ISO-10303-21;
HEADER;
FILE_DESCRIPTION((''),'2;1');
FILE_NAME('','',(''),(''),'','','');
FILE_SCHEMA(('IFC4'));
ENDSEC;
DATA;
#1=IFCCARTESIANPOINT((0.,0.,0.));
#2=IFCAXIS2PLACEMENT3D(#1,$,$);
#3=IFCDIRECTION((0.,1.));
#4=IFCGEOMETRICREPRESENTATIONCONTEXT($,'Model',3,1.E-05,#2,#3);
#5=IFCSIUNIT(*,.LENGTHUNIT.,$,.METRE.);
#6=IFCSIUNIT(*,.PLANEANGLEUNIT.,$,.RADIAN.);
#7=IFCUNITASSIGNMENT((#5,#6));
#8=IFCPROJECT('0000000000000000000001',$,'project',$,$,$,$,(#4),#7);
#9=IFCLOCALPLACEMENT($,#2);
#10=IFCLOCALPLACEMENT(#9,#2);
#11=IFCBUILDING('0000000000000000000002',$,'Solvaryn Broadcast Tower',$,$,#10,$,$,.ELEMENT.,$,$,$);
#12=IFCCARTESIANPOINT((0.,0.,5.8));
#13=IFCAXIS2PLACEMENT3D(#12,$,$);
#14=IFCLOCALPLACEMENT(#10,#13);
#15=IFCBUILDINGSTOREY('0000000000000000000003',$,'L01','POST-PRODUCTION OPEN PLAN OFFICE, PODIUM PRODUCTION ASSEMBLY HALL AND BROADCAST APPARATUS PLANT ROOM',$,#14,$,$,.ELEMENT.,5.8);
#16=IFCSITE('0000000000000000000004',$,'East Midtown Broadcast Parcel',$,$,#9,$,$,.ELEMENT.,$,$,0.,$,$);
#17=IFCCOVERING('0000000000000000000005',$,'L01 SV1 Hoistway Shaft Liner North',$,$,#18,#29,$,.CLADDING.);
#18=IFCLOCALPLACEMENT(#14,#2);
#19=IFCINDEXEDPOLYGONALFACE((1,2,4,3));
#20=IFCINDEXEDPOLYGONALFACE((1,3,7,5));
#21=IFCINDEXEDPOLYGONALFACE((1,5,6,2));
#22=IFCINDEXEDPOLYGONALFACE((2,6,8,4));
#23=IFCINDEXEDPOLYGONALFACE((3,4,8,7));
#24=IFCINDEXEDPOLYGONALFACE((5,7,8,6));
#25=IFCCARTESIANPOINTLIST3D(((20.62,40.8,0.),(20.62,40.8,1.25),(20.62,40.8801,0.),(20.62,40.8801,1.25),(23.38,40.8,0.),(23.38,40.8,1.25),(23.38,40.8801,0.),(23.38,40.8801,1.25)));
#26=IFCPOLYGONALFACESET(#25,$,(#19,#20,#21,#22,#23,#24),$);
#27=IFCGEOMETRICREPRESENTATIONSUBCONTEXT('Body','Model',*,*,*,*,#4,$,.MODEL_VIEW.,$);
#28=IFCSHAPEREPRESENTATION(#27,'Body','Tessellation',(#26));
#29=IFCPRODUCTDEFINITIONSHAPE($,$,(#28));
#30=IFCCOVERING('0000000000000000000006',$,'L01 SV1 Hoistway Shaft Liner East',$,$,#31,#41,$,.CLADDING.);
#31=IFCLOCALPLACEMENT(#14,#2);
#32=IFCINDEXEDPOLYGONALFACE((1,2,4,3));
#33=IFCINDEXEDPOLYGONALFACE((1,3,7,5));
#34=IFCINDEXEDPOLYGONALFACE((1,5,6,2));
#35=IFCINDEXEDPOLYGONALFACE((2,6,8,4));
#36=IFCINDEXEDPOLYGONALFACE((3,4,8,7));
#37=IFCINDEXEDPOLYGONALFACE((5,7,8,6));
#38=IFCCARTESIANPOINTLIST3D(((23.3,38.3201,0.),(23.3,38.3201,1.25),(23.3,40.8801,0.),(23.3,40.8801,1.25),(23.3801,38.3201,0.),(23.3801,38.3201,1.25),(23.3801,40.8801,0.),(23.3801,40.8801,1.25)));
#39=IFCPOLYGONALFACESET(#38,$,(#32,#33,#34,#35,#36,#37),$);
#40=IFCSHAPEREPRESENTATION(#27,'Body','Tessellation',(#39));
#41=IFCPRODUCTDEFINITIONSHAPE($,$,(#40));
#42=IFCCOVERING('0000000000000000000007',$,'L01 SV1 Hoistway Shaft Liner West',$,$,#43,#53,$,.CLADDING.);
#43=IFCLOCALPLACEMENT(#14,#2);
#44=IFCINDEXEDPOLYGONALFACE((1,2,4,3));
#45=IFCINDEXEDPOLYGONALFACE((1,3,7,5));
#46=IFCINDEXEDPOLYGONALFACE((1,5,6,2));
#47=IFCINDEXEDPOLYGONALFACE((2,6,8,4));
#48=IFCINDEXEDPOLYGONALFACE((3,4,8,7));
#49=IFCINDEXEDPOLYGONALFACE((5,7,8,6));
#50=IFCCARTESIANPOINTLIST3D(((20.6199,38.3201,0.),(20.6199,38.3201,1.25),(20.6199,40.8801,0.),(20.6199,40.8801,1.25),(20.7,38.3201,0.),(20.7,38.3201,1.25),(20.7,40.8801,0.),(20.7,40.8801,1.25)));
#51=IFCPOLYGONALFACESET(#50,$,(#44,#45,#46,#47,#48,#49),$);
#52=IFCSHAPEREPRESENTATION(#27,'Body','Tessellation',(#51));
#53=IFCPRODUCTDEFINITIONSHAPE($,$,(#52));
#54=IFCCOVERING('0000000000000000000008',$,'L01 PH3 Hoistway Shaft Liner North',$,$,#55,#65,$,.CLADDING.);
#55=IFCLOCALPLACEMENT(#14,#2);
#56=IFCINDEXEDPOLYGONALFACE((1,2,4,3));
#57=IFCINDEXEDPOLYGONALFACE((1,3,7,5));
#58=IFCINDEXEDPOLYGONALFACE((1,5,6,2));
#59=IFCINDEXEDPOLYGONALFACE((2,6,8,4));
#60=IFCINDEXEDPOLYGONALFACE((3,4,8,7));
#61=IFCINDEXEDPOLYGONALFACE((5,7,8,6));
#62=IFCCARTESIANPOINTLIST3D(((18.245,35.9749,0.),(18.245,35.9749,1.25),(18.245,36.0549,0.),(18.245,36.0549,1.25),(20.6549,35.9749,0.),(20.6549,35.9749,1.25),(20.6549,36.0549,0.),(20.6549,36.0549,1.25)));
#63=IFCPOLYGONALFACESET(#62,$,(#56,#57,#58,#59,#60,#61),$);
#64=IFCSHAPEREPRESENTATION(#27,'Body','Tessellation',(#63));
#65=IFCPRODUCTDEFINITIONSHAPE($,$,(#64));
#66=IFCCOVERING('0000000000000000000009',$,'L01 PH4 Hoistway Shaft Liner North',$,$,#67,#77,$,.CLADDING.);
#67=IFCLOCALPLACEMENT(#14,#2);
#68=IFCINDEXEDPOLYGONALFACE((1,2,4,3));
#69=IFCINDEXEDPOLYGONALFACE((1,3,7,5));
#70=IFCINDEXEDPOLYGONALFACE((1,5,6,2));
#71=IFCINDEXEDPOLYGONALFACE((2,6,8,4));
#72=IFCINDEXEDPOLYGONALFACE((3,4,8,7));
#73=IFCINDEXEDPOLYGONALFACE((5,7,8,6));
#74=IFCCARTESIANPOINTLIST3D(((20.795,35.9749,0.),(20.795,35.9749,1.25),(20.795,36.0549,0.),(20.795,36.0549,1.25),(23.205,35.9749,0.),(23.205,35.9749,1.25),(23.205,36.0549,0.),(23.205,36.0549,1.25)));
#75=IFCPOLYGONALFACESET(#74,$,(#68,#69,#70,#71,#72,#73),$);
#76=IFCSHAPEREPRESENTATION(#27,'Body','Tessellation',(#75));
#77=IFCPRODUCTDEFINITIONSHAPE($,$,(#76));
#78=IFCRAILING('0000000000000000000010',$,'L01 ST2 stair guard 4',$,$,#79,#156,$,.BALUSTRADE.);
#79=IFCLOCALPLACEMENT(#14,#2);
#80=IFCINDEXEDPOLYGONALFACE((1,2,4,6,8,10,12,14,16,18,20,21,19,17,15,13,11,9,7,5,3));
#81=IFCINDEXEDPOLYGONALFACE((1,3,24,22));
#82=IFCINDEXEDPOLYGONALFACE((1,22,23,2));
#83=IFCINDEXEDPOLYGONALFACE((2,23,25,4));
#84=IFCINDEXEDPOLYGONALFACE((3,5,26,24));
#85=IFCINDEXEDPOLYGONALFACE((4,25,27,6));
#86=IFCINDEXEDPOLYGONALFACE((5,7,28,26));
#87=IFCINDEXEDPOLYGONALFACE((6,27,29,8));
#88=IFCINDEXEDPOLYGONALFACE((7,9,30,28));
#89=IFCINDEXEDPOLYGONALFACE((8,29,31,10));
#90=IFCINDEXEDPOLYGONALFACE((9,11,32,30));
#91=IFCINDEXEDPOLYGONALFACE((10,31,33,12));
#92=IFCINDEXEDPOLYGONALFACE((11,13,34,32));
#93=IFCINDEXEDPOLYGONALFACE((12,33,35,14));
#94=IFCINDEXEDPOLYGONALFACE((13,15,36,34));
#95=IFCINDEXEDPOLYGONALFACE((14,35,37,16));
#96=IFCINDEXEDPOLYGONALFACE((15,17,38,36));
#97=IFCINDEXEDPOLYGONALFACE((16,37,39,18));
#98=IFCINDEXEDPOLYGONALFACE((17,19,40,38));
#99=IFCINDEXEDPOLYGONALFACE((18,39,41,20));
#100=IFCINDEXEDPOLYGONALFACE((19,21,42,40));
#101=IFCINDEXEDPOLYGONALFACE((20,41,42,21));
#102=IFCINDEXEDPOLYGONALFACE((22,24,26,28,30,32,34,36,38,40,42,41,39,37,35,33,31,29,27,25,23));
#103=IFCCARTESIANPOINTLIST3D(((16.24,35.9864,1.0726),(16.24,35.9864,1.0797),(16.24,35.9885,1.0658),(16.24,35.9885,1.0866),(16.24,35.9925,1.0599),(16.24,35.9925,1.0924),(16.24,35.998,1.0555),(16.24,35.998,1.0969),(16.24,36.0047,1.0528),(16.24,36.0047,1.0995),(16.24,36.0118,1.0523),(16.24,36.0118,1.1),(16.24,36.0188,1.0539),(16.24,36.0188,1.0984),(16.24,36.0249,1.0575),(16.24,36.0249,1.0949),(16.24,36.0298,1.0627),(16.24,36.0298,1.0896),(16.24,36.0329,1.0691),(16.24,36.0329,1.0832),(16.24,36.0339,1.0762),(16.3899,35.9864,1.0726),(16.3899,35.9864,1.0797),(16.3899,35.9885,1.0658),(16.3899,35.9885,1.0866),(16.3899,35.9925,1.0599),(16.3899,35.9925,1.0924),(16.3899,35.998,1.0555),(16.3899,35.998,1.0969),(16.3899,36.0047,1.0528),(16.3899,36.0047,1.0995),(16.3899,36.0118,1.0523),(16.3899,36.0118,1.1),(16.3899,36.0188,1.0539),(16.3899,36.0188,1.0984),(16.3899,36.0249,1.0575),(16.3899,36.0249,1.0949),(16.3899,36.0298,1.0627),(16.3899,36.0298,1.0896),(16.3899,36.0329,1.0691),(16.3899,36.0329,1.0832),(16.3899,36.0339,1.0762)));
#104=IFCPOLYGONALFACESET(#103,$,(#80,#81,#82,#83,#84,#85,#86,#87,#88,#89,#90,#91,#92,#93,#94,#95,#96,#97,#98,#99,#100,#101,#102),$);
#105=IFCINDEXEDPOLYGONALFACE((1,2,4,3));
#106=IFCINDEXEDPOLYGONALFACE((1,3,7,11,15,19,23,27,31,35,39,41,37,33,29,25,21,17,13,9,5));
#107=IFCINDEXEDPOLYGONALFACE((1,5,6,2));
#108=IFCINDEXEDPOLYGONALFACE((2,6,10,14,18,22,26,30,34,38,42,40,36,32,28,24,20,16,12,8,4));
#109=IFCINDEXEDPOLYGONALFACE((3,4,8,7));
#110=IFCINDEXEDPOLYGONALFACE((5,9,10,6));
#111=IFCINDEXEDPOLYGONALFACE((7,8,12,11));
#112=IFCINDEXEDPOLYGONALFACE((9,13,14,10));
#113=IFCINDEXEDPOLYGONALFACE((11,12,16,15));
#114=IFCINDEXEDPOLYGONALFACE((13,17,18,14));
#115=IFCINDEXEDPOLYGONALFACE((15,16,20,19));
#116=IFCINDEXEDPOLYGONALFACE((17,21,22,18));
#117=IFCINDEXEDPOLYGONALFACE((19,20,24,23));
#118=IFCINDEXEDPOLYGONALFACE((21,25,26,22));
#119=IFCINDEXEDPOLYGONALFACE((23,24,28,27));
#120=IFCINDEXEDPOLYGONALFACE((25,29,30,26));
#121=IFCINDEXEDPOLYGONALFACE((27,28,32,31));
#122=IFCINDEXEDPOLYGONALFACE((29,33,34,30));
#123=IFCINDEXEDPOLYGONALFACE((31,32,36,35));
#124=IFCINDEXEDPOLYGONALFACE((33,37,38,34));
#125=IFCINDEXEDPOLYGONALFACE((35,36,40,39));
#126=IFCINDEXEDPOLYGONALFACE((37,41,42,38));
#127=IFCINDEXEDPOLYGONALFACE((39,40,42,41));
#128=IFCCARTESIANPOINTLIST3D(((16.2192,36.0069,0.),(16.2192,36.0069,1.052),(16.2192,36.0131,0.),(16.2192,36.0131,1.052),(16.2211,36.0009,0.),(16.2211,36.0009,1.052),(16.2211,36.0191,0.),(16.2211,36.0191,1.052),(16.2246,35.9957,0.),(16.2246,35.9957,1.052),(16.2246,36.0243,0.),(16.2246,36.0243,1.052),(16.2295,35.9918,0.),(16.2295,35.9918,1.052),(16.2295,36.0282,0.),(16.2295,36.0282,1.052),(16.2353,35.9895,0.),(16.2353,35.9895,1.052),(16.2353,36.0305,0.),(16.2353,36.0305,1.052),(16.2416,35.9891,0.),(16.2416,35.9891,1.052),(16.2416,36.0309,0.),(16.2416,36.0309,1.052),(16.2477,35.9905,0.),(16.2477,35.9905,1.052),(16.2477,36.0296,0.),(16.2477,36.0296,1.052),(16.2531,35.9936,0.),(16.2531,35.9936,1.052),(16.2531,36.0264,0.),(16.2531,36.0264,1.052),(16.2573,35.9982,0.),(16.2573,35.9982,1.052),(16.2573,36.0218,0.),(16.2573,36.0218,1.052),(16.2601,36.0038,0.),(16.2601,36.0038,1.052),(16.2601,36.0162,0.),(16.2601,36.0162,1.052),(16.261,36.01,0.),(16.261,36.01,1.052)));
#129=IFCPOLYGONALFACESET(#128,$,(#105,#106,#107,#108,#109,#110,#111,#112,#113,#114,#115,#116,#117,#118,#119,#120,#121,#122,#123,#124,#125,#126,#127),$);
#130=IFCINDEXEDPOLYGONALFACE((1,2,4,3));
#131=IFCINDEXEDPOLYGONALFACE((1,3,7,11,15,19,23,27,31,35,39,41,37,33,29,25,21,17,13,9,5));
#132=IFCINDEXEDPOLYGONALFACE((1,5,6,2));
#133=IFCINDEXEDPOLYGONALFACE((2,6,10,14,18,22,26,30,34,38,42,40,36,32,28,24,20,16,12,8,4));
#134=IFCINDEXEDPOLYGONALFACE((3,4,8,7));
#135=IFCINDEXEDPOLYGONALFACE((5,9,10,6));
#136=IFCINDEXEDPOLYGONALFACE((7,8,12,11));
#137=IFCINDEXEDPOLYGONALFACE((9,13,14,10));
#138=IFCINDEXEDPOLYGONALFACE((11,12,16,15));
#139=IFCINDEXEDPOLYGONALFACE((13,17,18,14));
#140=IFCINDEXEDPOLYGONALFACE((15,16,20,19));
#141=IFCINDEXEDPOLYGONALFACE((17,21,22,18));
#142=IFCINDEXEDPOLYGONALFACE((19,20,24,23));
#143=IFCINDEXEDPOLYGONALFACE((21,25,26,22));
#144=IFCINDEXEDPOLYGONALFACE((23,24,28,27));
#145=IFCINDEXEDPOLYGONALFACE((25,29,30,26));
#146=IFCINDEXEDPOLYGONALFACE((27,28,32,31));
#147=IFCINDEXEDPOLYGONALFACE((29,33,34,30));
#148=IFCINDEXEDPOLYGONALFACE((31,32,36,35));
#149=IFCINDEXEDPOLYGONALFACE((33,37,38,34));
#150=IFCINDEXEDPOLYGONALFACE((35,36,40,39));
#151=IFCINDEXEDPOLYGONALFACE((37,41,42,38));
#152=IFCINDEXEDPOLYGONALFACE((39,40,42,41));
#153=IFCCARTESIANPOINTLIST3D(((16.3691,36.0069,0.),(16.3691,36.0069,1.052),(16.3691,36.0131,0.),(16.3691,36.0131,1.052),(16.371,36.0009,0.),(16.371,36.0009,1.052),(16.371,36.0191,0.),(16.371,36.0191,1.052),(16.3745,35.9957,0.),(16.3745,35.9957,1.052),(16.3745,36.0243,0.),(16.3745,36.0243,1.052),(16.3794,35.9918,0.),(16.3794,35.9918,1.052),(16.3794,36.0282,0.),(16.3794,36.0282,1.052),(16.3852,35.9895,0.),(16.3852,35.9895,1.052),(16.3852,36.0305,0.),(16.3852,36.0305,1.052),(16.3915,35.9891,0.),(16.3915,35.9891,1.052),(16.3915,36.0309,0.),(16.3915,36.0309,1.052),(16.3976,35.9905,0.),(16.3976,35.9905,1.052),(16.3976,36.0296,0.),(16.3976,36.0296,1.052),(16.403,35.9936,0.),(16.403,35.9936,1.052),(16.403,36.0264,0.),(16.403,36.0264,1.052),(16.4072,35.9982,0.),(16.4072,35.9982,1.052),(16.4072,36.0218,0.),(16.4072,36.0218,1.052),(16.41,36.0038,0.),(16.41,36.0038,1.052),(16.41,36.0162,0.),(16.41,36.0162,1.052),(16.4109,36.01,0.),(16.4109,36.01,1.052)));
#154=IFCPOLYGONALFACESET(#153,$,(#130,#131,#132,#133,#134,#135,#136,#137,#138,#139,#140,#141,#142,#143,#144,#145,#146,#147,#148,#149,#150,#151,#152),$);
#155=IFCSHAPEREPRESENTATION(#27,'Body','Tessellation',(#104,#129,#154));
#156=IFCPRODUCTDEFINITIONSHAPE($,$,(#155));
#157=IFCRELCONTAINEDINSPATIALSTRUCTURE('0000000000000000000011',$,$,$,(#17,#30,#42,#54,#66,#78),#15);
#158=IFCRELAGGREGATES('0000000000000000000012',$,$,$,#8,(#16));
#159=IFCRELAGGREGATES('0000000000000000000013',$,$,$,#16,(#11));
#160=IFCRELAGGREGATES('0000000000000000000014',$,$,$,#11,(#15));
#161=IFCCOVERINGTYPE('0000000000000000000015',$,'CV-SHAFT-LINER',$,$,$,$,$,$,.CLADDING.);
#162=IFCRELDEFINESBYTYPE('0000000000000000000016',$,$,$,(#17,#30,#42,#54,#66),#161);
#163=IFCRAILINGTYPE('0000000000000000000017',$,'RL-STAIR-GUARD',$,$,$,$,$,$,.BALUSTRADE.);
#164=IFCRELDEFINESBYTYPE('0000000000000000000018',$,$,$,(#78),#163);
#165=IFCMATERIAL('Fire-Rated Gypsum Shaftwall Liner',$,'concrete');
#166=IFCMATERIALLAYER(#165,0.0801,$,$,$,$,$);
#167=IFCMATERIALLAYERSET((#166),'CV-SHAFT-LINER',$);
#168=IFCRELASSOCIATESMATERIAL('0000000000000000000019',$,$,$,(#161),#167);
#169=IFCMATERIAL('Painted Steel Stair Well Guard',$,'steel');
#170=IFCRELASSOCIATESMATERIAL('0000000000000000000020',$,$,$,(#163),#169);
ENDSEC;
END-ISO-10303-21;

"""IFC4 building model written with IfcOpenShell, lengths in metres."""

from ifc_helpers import new_model, si_unit, direction, frame, origin, origin_2d, place, context, subcontext, project, spatial, rectangle, circle, extrude, material, layer, layer_set, type_object, element, save


model = new_model("IFC4")

# Units and contexts
model_context = context("Model", 3, precision=1e-05, world=origin(), true_north=direction((0.0, 1.0)))
body_context = subcontext(model_context, "Body", "Model", "MODEL_VIEW")
ifc_project = project(units=[si_unit("LENGTHUNIT", "METRE"), si_unit("PLANEANGLEUNIT", "RADIAN")], contexts=[model_context])

# Site, building, storey
site_placement = place(None, origin())
site = spatial("IfcSite", under=ifc_project, at=site_placement, Name="East Midtown Broadcast Parcel", CompositionType="ELEMENT", RefElevation=0.0)
building_placement = place(site_placement, origin())
building = spatial("IfcBuilding", under=site, at=building_placement, Name="Solvaryn Broadcast Tower", CompositionType="ELEMENT")
storey_placement = place(building_placement, frame((0.0, 0.0, 5.8)))
storey = spatial("IfcBuildingStorey", under=building, at=storey_placement, Name="L01", Description="POST-PRODUCTION OPEN PLAN OFFICE, PODIUM PRODUCTION ASSEMBLY HALL AND BROADCAST APPARATUS PLANT ROOM", CompositionType="ELEMENT", Elevation=5.8)

# Coverings
ifc_material_1 = material(Name="Fire-Rated Gypsum Shaftwall Liner", Category="concrete")
ifc_layer_1 = layer(ifc_material_1, 0.0801)
ifc_layer_set_1 = layer_set([ifc_layer_1], Name="CV-SHAFT-LINER")
covering_type = type_object("IfcCoveringType", Name="CV-SHAFT-LINER", PredefinedType="CLADDING", material=ifc_layer_set_1)
covering_1_placement = place(storey_placement, frame((22.0, 40.8401, 0.0), z_axis=(0.0, 0.0, 1.0), x_axis=(1.0, 0.0, 0.0)))
element("IfcCovering", 1, at=covering_1_placement, inside=storey, type_object=covering_type, Name="L01 SV1 Hoistway Shaft Liner North", PredefinedType="CLADDING", context=body_context, shape_type="SweptSolid", body=[
    extrude(rectangle(XDim=2.76, YDim=0.0801, at=origin_2d()), origin(), (0.0, 0.0, 1.0), 1.25),
])
for number, where, z_axis, x_axis, name in (
    (2, (23.3401, 39.6001, 0.0), (0.0, 0.0, 1.0), (1.0, 0.0, 0.0), "L01 SV1 Hoistway Shaft Liner East"),
    (3, (20.6599, 39.6001, 0.0), (0.0, 0.0, 1.0), (1.0, 0.0, 0.0), "L01 SV1 Hoistway Shaft Liner West"),
):
    element("IfcCovering", number, at=place(storey_placement, frame(where, z_axis=z_axis, x_axis=x_axis)), inside=storey, type_object=covering_type, Name=name, PredefinedType="CLADDING", context=body_context, shape_type="SweptSolid", body=[
        extrude(rectangle(XDim=0.0801, YDim=2.5601, at=origin_2d()), origin(), (0.0, 0.0, 1.0), 1.25),
    ])
for number, where, z_axis, x_axis, name in (
    (4, (19.45, 36.0149, 0.0), (0.0, 0.0, 1.0), (1.0, 0.0, 0.0), "L01 PH3 Hoistway Shaft Liner North"),
    (5, (22.0, 36.0149, 0.0), (0.0, 0.0, 1.0), (1.0, 0.0, 0.0), "L01 PH4 Hoistway Shaft Liner North"),
):
    element("IfcCovering", number, at=place(storey_placement, frame(where, z_axis=z_axis, x_axis=x_axis)), inside=storey, type_object=covering_type, Name=name, PredefinedType="CLADDING", context=body_context, shape_type="SweptSolid", body=[
        extrude(rectangle(XDim=2.4099, YDim=0.0801, at=origin_2d()), origin(), (0.0, 0.0, 1.0), 1.25),
    ])

# Railing
ifc_material_2 = material(Name="Painted Steel Stair Well Guard", Category="steel")
railing_type = type_object("IfcRailingType", Name="RL-STAIR-GUARD", PredefinedType="BALUSTRADE", material=ifc_material_2)
railing_placement = place(storey_placement, frame((16.24, 36.01, 0.0)))
element("IfcRailing", 6, at=railing_placement, inside=storey, type_object=railing_type, Name="L01 ST2 stair guard 4", PredefinedType="BALUSTRADE", context=body_context, shape_type="SweptSolid", body=[
    extrude(circle(Radius=0.0239, at=origin_2d()), frame((0.0, 0.0, 1.0762), z_axis=(1.0, 0.0, 0.0), x_axis=(0.0, 1.0, 0.0)), (0.0, 0.0, 1.0), 0.1499),
    extrude(circle(Radius=0.021, at=origin_2d()), origin(), (0.0, 0.0, 1.0), 1.052),
    extrude(circle(Radius=0.021, at=origin_2d()), frame((0.1499, 0.0, 0.0)), (0.0, 0.0, 1.0), 1.052),
])

save(model, "model.ifc")
